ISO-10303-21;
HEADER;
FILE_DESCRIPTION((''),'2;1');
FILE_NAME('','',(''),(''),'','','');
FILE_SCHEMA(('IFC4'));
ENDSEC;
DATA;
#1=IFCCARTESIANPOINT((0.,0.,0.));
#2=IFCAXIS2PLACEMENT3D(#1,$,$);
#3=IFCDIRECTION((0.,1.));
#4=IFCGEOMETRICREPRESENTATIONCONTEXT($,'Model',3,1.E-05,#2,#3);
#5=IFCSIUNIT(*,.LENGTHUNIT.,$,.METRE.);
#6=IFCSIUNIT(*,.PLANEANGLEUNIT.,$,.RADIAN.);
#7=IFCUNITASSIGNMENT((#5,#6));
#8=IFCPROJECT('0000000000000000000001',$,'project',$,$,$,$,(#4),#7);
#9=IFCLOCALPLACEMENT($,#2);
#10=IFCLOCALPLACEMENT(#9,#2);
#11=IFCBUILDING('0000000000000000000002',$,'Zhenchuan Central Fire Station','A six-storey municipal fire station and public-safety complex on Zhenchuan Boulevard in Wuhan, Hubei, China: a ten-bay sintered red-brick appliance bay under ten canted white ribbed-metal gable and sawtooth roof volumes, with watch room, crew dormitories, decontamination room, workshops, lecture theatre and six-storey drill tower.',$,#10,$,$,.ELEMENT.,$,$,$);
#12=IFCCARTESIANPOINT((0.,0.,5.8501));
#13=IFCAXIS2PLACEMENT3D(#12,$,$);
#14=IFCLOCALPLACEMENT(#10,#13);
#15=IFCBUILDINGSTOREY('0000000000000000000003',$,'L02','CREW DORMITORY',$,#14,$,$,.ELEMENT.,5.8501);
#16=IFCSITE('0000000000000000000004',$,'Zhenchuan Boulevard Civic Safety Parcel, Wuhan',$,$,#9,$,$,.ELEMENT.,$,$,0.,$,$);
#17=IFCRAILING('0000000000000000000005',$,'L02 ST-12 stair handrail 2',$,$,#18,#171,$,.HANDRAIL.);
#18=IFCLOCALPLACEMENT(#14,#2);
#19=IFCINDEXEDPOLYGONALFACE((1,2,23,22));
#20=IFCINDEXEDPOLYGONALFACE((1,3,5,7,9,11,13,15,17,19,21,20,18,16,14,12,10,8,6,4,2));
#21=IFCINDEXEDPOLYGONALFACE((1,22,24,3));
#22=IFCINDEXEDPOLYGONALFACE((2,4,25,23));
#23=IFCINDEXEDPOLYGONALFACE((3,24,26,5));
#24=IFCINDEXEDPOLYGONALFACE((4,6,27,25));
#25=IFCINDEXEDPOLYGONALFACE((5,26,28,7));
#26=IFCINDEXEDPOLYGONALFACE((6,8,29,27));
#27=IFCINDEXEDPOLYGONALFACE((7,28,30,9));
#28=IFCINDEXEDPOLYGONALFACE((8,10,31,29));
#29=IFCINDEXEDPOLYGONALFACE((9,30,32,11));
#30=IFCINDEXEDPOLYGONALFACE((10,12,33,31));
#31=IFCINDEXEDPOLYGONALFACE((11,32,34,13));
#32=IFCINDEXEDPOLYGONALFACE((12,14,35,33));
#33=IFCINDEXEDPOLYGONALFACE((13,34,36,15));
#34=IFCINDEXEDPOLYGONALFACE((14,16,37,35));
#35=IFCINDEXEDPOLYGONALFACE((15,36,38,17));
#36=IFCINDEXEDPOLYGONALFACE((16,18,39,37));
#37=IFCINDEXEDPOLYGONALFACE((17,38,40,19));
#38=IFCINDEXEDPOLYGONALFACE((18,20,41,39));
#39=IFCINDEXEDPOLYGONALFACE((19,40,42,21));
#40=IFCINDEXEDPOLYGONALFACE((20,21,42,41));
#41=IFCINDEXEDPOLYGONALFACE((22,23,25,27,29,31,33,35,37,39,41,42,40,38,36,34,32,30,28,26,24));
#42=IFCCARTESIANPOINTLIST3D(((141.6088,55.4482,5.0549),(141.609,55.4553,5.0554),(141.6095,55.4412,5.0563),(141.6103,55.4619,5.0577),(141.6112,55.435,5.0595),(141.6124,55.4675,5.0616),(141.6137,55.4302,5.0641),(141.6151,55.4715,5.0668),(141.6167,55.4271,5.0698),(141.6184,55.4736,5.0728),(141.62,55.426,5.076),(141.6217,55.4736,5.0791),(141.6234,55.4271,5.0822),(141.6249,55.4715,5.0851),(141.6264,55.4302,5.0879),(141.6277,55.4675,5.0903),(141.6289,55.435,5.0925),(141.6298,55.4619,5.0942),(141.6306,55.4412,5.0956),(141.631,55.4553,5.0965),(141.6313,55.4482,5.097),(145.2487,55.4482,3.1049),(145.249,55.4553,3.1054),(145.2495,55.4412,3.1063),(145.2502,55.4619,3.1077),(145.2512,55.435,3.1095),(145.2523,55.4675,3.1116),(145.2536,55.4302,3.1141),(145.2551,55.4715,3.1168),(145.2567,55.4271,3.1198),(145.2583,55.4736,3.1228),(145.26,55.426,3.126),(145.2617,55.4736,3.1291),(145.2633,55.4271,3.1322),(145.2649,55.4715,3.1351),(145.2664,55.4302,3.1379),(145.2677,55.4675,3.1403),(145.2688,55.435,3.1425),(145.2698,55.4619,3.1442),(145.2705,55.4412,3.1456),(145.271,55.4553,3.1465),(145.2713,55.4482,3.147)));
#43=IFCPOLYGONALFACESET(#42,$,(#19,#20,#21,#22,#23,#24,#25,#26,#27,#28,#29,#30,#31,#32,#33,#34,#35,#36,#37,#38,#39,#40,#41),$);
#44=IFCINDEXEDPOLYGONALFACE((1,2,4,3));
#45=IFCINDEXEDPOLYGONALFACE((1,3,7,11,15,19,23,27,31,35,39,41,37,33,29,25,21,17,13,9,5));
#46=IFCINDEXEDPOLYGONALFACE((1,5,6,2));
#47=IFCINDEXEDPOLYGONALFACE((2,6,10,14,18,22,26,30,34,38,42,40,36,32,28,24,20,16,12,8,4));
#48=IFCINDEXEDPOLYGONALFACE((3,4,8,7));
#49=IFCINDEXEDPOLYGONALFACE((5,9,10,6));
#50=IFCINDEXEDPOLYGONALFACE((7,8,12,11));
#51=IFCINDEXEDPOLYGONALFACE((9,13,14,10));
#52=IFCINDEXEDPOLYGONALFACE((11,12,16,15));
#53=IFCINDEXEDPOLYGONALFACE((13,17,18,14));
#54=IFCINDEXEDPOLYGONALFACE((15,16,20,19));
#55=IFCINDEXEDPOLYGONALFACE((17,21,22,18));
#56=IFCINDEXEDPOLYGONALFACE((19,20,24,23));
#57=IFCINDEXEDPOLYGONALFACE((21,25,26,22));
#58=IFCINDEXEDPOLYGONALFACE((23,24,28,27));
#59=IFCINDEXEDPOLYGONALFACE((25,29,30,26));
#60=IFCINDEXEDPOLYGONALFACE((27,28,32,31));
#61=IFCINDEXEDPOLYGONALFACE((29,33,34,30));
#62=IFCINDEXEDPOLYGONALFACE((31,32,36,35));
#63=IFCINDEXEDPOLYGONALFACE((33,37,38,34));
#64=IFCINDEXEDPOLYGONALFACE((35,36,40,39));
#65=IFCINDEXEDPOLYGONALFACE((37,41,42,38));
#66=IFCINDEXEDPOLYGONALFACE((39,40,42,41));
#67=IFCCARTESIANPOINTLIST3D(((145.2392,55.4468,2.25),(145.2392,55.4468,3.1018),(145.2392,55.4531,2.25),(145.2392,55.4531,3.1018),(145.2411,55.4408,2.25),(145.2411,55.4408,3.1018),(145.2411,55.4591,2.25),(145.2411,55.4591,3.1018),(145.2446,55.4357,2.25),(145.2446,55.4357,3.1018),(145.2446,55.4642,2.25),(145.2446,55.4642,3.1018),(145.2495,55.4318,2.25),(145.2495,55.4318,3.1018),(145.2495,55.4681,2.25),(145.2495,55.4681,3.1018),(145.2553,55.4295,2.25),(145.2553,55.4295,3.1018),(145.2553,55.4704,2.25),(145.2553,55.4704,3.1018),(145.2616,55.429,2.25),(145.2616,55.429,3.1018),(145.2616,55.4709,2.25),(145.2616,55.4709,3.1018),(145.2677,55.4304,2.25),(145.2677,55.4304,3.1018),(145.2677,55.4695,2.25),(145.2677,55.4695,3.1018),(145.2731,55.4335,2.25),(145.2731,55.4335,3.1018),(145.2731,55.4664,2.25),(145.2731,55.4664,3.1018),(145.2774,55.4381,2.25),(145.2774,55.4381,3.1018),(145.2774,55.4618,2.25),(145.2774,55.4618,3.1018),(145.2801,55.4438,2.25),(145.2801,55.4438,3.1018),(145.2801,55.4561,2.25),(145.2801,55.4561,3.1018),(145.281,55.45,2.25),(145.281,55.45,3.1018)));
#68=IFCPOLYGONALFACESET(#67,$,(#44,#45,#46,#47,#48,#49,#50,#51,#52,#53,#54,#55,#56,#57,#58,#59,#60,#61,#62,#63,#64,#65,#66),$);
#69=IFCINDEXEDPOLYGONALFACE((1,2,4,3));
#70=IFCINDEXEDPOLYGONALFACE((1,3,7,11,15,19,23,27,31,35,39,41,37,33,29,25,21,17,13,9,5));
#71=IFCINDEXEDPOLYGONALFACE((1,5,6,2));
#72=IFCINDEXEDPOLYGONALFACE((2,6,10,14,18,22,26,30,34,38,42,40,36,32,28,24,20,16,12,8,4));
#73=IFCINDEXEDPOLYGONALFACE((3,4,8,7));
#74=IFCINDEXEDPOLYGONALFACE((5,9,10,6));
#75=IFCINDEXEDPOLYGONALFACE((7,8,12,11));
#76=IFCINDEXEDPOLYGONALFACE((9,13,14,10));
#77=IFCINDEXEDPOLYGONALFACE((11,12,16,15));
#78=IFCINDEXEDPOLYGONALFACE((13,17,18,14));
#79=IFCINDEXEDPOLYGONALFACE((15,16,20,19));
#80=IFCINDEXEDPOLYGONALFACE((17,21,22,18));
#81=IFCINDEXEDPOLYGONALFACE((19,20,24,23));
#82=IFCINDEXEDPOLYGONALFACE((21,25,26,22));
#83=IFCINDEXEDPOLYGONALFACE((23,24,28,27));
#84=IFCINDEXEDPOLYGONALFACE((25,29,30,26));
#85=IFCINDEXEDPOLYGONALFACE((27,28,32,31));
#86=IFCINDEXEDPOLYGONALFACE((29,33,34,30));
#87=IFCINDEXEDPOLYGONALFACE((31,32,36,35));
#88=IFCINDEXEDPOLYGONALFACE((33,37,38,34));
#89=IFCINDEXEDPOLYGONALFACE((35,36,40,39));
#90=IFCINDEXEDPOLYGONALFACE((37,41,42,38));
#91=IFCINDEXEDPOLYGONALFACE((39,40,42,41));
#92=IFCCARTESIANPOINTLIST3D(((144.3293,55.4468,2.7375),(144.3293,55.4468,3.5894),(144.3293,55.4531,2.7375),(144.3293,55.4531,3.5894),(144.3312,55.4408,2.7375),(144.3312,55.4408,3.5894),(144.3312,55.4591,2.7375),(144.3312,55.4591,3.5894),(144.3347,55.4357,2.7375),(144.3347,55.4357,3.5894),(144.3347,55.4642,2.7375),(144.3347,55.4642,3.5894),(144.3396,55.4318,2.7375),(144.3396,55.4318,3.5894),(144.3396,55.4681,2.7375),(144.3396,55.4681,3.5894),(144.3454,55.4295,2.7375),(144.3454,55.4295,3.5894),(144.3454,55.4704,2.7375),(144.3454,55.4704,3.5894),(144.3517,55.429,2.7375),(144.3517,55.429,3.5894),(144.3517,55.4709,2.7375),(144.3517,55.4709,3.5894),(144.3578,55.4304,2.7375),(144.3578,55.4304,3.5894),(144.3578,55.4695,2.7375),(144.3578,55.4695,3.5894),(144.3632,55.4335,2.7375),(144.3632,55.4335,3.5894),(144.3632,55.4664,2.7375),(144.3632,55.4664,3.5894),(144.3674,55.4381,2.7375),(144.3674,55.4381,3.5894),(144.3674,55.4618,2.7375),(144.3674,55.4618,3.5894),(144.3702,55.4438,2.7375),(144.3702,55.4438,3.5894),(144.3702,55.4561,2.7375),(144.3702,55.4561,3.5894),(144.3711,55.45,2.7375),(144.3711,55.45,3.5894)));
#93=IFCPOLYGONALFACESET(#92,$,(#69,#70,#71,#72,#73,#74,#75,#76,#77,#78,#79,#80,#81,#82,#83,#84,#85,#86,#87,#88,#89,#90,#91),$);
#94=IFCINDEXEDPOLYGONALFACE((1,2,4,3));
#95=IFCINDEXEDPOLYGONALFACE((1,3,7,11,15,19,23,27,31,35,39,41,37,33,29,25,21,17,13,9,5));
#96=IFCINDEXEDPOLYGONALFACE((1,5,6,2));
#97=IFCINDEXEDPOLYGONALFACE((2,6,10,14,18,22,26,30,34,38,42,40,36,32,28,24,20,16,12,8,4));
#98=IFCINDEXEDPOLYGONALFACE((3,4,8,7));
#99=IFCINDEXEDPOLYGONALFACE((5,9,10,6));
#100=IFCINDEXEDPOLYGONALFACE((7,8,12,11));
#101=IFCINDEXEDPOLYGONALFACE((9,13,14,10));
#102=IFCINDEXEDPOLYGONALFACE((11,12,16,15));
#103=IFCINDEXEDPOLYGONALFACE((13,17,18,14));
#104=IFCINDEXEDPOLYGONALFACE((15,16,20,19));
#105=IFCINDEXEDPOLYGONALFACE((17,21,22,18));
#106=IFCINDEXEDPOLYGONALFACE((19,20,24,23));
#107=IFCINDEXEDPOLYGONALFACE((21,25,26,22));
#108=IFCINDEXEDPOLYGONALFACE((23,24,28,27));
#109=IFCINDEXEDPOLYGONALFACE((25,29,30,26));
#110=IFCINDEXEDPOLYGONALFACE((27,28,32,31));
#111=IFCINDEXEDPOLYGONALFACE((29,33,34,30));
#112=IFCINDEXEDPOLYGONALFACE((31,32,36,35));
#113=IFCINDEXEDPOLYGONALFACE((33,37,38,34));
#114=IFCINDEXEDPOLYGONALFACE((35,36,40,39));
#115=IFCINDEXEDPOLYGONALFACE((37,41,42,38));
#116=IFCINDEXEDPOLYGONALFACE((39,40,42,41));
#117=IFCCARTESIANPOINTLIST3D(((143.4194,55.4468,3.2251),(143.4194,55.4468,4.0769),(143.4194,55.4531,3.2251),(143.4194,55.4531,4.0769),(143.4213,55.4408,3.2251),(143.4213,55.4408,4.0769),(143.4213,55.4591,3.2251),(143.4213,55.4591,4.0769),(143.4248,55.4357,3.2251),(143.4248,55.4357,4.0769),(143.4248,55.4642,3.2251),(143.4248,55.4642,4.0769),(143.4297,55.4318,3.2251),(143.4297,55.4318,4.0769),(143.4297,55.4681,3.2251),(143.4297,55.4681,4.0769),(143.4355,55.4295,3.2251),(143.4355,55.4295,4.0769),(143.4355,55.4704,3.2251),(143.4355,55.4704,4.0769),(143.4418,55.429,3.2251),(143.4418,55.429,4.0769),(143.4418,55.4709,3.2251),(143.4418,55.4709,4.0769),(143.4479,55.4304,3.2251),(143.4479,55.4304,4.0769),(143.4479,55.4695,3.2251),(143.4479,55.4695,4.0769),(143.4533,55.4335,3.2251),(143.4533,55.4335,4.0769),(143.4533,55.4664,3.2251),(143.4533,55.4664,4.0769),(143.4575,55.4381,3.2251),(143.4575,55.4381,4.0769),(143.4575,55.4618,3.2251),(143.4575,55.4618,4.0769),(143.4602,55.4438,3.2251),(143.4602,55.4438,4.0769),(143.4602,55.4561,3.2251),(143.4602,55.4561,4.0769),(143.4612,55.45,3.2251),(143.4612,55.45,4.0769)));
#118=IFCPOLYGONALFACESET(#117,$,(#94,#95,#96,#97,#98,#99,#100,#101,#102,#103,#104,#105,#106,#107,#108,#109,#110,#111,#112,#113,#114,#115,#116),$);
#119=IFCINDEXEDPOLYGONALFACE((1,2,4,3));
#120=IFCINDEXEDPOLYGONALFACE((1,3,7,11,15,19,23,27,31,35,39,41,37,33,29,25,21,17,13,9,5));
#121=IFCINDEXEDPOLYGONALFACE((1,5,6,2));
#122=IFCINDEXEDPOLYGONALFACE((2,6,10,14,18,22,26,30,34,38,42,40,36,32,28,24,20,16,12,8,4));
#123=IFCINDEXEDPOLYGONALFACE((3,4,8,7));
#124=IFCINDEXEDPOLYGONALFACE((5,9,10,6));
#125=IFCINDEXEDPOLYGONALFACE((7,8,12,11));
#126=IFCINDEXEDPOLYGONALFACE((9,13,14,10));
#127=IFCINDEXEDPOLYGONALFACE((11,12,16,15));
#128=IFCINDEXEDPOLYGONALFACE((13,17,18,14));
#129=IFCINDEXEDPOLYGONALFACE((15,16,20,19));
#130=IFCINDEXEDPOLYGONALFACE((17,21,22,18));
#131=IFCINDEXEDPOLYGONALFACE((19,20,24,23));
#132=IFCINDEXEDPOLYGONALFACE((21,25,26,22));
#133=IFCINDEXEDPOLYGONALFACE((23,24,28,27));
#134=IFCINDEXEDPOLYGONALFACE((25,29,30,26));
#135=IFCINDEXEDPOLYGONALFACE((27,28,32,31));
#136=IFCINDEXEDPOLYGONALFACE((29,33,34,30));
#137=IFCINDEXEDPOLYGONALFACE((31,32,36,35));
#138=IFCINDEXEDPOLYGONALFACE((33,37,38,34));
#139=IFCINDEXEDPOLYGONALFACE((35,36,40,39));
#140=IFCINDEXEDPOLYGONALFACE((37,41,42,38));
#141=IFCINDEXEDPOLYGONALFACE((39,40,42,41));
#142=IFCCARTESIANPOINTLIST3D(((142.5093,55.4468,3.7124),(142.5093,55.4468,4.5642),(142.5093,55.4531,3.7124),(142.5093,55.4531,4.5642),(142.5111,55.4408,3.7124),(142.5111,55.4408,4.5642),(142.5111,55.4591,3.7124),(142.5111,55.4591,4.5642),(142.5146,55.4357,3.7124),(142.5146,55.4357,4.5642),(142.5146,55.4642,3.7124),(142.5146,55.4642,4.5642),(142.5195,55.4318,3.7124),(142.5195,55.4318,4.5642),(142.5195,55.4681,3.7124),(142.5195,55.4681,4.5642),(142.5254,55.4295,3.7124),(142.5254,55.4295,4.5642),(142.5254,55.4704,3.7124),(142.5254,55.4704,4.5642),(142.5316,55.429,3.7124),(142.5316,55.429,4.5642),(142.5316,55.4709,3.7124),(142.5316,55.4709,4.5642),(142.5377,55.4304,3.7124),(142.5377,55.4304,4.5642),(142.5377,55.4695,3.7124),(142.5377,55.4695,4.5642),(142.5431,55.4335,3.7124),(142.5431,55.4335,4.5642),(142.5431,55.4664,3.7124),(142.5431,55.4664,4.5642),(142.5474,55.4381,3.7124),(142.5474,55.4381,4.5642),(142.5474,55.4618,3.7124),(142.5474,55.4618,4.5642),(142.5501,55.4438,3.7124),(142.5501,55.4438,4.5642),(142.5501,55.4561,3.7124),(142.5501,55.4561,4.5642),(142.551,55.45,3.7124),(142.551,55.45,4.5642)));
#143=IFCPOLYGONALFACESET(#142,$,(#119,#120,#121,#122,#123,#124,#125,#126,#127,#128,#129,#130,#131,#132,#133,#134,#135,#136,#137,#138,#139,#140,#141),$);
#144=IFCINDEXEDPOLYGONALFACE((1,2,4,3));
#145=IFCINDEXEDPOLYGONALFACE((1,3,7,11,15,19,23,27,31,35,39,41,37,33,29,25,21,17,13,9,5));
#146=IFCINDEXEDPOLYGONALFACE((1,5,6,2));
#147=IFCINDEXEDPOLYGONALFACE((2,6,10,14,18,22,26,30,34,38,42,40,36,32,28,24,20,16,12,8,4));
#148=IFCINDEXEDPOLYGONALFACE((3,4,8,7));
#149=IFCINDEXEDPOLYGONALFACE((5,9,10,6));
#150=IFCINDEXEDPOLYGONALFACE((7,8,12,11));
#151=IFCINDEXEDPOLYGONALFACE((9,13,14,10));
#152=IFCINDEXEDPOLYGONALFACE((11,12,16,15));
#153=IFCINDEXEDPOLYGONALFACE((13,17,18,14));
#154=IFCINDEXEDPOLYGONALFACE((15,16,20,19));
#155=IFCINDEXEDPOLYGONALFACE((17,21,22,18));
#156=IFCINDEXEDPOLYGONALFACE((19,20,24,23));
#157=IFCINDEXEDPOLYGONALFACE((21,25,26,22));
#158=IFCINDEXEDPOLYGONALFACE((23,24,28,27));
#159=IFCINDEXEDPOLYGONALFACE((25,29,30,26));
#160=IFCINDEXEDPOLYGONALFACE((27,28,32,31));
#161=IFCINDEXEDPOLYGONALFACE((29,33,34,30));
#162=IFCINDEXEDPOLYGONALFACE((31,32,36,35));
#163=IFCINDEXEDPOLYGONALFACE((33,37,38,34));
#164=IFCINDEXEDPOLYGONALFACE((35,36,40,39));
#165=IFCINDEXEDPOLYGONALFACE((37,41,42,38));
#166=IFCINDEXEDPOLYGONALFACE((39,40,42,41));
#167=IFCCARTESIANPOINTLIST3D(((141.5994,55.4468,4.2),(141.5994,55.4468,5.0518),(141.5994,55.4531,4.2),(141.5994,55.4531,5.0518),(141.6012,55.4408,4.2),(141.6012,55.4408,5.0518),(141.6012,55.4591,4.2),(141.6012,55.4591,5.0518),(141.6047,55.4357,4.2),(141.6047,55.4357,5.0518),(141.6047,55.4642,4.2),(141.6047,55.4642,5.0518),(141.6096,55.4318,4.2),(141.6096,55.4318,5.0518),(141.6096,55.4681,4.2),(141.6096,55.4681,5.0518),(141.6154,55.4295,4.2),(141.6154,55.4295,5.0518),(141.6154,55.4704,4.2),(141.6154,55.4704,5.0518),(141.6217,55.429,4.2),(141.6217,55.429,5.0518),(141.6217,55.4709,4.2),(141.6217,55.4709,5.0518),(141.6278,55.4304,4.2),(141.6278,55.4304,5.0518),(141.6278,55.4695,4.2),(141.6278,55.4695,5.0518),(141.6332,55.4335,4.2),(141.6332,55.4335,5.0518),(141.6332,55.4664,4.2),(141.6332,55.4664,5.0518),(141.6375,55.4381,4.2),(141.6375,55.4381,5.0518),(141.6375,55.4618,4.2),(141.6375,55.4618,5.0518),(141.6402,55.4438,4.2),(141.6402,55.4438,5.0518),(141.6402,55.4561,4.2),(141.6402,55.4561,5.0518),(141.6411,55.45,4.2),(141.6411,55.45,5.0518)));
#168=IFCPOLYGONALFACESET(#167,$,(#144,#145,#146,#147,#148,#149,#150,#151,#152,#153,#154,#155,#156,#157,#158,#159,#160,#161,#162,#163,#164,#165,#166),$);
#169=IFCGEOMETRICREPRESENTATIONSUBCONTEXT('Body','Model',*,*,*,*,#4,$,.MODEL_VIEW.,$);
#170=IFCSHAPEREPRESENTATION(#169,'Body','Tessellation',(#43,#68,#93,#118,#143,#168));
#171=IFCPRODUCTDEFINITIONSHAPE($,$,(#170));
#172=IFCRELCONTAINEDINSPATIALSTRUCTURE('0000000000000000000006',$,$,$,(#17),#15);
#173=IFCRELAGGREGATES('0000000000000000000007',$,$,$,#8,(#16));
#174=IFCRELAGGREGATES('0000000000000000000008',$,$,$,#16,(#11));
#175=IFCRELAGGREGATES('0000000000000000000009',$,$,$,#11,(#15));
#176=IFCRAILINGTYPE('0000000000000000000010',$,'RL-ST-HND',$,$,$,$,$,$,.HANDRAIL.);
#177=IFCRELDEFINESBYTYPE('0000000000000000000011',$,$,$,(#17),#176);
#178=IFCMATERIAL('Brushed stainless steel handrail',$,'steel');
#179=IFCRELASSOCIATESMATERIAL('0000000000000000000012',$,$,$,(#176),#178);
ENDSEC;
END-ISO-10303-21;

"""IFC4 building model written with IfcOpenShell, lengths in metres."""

from ifc_helpers import new_model, si_unit, direction, frame, origin, origin_2d, place, context, subcontext, project, spatial, circle, extrude, material, type_object, element, save


model = new_model("IFC4")

# Units and contexts
model_context = context("Model", 3, precision=1e-05, world=origin(), true_north=direction((0.0, 1.0)))
body_context = subcontext(model_context, "Body", "Model", "MODEL_VIEW")
ifc_project = project(units=[si_unit("LENGTHUNIT", "METRE"), si_unit("PLANEANGLEUNIT", "RADIAN")], contexts=[model_context])

# Site, building, storey
site_placement = place(None, origin())
site = spatial("IfcSite", under=ifc_project, at=site_placement, Name="Zhenchuan Boulevard Civic Safety Parcel, Wuhan", CompositionType="ELEMENT", RefElevation=0.0)
building_placement = place(site_placement, origin())
building = spatial("IfcBuilding", under=site, at=building_placement, Name="Zhenchuan Central Fire Station", Description="A six-storey municipal fire station and public-safety complex on Zhenchuan Boulevard in Wuhan, Hubei, China: a ten-bay sintered red-brick appliance bay under ten canted white ribbed-metal gable and sawtooth roof volumes, with watch room, crew dormitories, decontamination room, workshops, lecture theatre and six-storey drill tower.", CompositionType="ELEMENT")
storey_placement = place(building_placement, frame((0.0, 0.0, 5.8501)))
storey = spatial("IfcBuildingStorey", under=building, at=storey_placement, Name="L02", Description="CREW DORMITORY", CompositionType="ELEMENT", Elevation=5.8501)

# Railing
ifc_material_1 = material(Name="Brushed stainless steel handrail", Category="steel")
railing_type_1 = type_object("IfcRailingType", Name="RL-ST-HND", PredefinedType="HANDRAIL", material=ifc_material_1)
railing_1_placement = place(storey_placement, frame((145.26, 55.45, 2.25)))
element("IfcRailing", 1, at=railing_1_placement, inside=storey, type_object=railing_type_1, Name="L02 ST-12 stair handrail 2", PredefinedType="HANDRAIL", context=body_context, shape_type="SweptSolid", body=[
    extrude(circle(Radius=0.0239, at=origin_2d()), frame((0.0, 0.0, 0.876), z_axis=(-0.881479, 0.0, 0.472223), x_axis=(0.0, -1.0, 0.0)), (0.0, 0.0, 1.0), 4.1294),
    extrude(circle(Radius=0.021, at=origin_2d()), origin(), (0.0, 0.0, 1.0), 0.8518),
    extrude(circle(Radius=0.021, at=origin_2d()), frame((-0.9099, 0.0, 0.4875)), (0.0, 0.0, 1.0), 0.8518),
    extrude(circle(Radius=0.021, at=origin_2d()), frame((-1.8198, 0.0, 0.9751)), (0.0, 0.0, 1.0), 0.8518),
    extrude(circle(Radius=0.021, at=origin_2d()), frame((-2.73, 0.0, 1.4624)), (0.0, 0.0, 1.0), 0.8518),
    extrude(circle(Radius=0.021, at=origin_2d()), frame((-3.6399, 0.0, 1.95)), (0.0, 0.0, 1.0), 0.8518),
])

save(model, "model.ifc")
